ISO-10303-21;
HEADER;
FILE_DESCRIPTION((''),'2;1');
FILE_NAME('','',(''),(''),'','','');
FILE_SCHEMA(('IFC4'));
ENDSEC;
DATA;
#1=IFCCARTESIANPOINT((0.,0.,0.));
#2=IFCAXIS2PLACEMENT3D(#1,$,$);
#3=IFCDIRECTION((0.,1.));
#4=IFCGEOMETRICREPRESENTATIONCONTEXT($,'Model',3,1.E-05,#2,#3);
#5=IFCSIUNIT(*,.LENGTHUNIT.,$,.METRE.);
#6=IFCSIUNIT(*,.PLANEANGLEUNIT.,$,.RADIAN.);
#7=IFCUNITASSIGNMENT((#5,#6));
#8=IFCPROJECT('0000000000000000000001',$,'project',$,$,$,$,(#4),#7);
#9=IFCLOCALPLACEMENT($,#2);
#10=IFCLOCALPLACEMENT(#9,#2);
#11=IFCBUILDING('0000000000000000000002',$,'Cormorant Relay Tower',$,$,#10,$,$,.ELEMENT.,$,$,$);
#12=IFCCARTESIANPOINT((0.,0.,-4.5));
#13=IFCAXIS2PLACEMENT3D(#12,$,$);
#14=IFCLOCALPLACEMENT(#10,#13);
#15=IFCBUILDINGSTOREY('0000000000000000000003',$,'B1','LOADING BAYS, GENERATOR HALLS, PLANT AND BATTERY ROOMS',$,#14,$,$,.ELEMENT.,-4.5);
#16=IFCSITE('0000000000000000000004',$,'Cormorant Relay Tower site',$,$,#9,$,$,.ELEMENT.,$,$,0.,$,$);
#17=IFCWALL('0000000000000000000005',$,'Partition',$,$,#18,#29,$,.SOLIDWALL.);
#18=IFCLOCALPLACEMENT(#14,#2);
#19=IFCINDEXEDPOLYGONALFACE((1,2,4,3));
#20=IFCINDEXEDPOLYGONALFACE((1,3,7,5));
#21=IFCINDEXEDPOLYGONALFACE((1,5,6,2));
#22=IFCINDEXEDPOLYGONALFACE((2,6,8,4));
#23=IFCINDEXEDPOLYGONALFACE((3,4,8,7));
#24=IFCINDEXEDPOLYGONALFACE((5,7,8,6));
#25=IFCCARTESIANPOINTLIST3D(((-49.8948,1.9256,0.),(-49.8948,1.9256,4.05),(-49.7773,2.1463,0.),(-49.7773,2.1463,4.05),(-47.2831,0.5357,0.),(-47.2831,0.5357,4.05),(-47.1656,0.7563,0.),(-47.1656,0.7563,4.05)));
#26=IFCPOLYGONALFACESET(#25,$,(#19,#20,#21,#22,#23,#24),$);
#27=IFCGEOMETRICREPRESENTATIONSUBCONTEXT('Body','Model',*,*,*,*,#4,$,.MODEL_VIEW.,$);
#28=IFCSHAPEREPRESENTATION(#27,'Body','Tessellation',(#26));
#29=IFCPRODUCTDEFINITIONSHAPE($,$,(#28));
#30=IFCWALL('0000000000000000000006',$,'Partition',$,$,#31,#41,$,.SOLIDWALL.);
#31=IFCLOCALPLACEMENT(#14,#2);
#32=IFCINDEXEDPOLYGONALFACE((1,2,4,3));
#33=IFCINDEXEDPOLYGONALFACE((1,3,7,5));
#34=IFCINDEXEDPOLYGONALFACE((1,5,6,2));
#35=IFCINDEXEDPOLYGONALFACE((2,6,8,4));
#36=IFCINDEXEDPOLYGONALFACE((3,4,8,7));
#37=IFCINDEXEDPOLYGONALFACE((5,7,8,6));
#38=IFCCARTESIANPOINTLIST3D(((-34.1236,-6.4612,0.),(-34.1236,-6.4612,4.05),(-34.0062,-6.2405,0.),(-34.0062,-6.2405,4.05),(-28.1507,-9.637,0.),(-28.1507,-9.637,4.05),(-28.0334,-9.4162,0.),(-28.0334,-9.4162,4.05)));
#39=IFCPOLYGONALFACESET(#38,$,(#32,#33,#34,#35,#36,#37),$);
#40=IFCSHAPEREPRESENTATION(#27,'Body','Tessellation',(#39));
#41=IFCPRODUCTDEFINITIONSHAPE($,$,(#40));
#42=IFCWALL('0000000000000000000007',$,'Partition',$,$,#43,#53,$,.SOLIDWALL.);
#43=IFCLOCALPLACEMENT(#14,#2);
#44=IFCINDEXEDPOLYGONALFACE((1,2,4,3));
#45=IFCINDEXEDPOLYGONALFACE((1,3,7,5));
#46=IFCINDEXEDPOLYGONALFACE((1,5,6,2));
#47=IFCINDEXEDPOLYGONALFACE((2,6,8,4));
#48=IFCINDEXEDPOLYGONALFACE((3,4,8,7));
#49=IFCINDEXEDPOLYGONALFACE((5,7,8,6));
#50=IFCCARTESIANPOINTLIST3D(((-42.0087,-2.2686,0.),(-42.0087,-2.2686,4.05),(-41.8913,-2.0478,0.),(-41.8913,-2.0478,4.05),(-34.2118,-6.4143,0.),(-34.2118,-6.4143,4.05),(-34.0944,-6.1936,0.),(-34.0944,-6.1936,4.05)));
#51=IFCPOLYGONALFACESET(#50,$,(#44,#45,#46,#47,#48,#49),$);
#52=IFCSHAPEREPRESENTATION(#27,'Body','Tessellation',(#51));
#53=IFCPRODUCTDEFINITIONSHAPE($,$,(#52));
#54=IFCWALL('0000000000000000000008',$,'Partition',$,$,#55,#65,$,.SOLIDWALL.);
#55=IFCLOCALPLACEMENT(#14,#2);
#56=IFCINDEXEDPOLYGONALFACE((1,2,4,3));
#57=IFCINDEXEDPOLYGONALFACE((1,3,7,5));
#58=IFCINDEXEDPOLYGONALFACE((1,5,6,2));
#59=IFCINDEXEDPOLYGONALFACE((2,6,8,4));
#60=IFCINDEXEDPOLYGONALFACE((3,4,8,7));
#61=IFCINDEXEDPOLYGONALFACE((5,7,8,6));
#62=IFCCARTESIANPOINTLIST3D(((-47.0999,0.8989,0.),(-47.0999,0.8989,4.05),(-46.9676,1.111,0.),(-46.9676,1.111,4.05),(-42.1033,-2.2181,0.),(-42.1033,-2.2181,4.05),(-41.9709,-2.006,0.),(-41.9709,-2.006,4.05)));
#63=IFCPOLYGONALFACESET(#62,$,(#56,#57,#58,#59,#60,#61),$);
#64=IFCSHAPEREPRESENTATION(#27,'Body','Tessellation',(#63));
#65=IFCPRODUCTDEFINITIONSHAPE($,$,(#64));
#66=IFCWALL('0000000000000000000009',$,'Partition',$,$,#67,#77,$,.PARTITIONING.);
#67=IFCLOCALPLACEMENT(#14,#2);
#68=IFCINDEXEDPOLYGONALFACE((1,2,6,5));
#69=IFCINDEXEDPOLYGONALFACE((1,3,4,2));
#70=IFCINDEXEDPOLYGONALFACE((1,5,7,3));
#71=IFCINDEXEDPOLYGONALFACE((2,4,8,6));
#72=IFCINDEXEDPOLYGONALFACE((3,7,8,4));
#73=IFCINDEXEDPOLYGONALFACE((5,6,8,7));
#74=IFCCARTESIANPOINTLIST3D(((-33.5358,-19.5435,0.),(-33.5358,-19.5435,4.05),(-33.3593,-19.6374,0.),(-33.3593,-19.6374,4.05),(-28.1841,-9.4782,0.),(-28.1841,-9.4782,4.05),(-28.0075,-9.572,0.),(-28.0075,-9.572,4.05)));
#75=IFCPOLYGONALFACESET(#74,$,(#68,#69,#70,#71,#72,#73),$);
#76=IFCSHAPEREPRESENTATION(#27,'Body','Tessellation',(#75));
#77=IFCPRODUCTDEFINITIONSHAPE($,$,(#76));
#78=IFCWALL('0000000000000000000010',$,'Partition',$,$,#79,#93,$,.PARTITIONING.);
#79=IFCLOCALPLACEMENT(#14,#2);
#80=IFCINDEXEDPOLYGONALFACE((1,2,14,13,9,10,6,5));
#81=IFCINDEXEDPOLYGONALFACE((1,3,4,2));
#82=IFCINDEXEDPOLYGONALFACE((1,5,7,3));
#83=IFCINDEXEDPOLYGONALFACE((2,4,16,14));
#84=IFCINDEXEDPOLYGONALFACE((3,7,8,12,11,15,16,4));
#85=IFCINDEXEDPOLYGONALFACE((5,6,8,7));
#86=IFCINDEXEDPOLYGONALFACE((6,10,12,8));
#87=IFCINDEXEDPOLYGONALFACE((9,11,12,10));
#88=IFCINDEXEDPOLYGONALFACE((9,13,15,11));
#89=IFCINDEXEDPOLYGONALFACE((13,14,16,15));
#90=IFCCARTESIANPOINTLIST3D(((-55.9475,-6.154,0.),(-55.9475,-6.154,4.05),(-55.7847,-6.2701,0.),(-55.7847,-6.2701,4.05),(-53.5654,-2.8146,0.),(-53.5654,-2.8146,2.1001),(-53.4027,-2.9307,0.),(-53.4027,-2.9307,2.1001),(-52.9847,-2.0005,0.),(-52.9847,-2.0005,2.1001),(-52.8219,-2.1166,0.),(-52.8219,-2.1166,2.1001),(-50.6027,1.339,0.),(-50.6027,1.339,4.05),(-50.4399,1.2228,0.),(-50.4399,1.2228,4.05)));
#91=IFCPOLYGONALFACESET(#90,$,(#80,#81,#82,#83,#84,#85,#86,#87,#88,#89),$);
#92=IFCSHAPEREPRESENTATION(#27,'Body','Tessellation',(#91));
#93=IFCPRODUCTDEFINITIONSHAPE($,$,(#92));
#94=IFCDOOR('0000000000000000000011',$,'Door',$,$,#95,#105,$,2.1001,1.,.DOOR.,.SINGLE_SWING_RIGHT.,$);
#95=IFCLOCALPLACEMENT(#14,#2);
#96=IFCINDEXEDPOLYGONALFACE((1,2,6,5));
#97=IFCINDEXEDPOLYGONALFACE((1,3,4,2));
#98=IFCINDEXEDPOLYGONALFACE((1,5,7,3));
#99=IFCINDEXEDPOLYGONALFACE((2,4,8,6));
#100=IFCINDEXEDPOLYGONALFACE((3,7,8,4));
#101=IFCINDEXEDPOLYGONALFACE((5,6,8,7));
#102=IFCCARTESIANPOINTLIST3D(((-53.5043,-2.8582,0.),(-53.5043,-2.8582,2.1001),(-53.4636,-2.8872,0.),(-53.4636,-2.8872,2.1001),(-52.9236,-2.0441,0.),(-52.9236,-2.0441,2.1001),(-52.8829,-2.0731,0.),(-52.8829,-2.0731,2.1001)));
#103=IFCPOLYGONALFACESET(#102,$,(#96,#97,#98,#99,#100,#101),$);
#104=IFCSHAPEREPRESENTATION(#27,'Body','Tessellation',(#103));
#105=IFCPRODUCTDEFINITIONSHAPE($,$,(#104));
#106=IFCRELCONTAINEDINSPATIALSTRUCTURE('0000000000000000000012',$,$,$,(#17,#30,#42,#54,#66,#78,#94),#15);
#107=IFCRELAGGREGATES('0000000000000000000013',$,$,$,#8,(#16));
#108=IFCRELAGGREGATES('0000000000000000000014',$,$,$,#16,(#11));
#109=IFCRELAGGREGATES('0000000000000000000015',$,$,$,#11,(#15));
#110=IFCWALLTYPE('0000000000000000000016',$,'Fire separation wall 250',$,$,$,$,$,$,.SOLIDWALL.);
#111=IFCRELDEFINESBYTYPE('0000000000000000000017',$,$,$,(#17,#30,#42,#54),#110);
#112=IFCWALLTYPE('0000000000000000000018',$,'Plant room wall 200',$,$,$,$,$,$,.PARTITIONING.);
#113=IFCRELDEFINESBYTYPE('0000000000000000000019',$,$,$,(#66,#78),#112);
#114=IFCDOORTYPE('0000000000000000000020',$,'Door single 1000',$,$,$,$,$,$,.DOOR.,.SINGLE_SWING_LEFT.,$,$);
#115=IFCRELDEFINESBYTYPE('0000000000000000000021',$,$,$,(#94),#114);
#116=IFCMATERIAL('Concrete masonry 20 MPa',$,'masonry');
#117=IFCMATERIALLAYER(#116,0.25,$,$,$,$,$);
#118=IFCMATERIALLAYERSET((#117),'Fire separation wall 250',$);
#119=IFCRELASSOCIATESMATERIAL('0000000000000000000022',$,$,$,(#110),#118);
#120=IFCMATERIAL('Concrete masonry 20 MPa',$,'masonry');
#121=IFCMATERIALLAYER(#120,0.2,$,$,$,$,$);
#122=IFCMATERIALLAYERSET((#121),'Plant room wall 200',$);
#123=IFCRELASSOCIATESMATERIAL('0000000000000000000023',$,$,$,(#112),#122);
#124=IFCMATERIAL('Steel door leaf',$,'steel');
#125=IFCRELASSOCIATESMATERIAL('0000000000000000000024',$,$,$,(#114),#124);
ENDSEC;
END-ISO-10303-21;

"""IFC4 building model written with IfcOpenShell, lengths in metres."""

from ifc_helpers import new_model, si_unit, direction, frame, frame_2d, origin, place, context, subcontext, project, spatial, rectangle, extrude, material, layer, layer_set, type_object, element, fill, save


model = new_model("IFC4")

# Units and contexts
model_context = context("Model", 3, precision=1e-05, world=origin(), true_north=direction((0.0, 1.0)))
body_context = subcontext(model_context, "Body", "Model", "MODEL_VIEW")
ifc_project = project(units=[si_unit("LENGTHUNIT", "METRE"), si_unit("PLANEANGLEUNIT", "RADIAN")], contexts=[model_context])

# Site, building, storey
site_placement = place(None, origin())
site = spatial("IfcSite", under=ifc_project, at=site_placement, Name="Cormorant Relay Tower site", CompositionType="ELEMENT", RefElevation=0.0)
building_placement = place(site_placement, origin())
building = spatial("IfcBuilding", under=site, at=building_placement, Name="Cormorant Relay Tower", CompositionType="ELEMENT")
storey_placement = place(building_placement, frame((0.0, 0.0, -4.5)))
storey = spatial("IfcBuildingStorey", under=building, at=storey_placement, Name="B1", Description="LOADING BAYS, GENERATOR HALLS, PLANT AND BATTERY ROOMS", CompositionType="ELEMENT", Elevation=-4.5)

# Walls
ifc_material_1 = material(Name="Concrete masonry 20 MPa", Category="masonry")
ifc_layer_1 = layer(ifc_material_1, 0.25)
ifc_layer_set_1 = layer_set([ifc_layer_1], Name="Fire separation wall 250")
wall_type_1 = type_object("IfcWallType", Name="Fire separation wall 250", PredefinedType="SOLIDWALL", material=ifc_layer_set_1)
wall_1_placement = place(storey_placement, frame((-47.2244, 0.646, 0.0), z_axis=(0.0, 0.0, 1.0), x_axis=(-0.882766, 0.469813, 0.0)))
element("IfcWall", 1, at=wall_1_placement, inside=storey, type_object=wall_type_1, Name="Partition", PredefinedType="SOLIDWALL", context=body_context, shape_type="SweptSolid", body=[
    extrude(rectangle(XDim=2.9585, YDim=0.25, at=frame_2d((1.4792, 0.0))), origin(), (0.0, 0.0, 1.0), 4.05),
])
wall_2_placement = place(storey_placement, frame((-28.092, -9.5266, 0.0), z_axis=(0.0, 0.0, 1.0), x_axis=(-0.882952, 0.469464, 0.0)))
element("IfcWall", 2, at=wall_2_placement, inside=storey, type_object=wall_type_1, Name="Partition", PredefinedType="SOLIDWALL", context=body_context, shape_type="SweptSolid", body=[
    extrude(rectangle(XDim=6.7646, YDim=0.25, at=frame_2d((3.3823, 0.0))), origin(), (0.0, 0.0, 1.0), 4.05),
])
wall_3_placement = place(storey_placement, frame((-34.1531, -6.304, 0.0), z_axis=(0.0, 0.0, 1.0), x_axis=(-0.882944, 0.469479, 0.0)))
element("IfcWall", 3, at=wall_3_placement, inside=storey, type_object=wall_type_1, Name="Partition", PredefinedType="SOLIDWALL", context=body_context, shape_type="SweptSolid", body=[
    extrude(rectangle(XDim=8.8306, YDim=0.25, at=frame_2d((4.4153, 0.0))), origin(), (0.0, 0.0, 1.0), 4.05),
])
wall_4_placement = place(storey_placement, frame((-42.0371, -2.1121, 0.0), z_axis=(0.0, 0.0, 1.0), x_axis=(-0.84845, 0.529276, 0.0)))
element("IfcWall", 4, at=wall_4_placement, inside=storey, type_object=wall_type_1, Name="Partition", PredefinedType="SOLIDWALL", context=body_context, shape_type="SweptSolid", body=[
    extrude(rectangle(XDim=5.8892, YDim=0.25, at=frame_2d((2.9446, 0.0))), origin(), (0.0, 0.0, 1.0), 4.05),
])
ifc_material_2 = material(Name="Concrete masonry 20 MPa", Category="masonry")
ifc_layer_2 = layer(ifc_material_2, 0.2)
ifc_layer_set_2 = layer_set([ifc_layer_2], Name="Plant room wall 200")
wall_type_2 = type_object("IfcWallType", Name="Plant room wall 200", PredefinedType="PARTITIONING", material=ifc_layer_set_2)
wall_5_placement = place(storey_placement, frame((-33.4475, -19.5903, 0.0), z_axis=(0.0, 0.0, 1.0), x_axis=(0.469466, 0.88295, 0.0)))
element("IfcWall", 5, at=wall_5_placement, inside=storey, type_object=wall_type_2, Name="Partition", PredefinedType="PARTITIONING", context=body_context, shape_type="SweptSolid", body=[
    extrude(rectangle(XDim=11.3997, YDim=0.2, at=frame_2d((5.6997, 0.0))), origin(), (0.0, 0.0, 1.0), 4.05),
])

# Wall, opening, door
wall_6_placement = place(storey_placement, frame((-50.5212, 1.281, 0.0), z_axis=(0.0, 0.0, 1.0), x_axis=(-0.580709, -0.814111, 0.0)))
wall_6 = element("IfcWall", 6, at=wall_6_placement, inside=storey, type_object=wall_type_2, Name="Partition", PredefinedType="PARTITIONING", context=body_context, shape_type="SweptSolid", body=[
    extrude(rectangle(XDim=9.2039, YDim=0.2, at=frame_2d((4.6021, 0.0))), origin(), (0.0, 0.0, 1.0), 4.05),
])
opening_placement = place(wall_6_placement, frame((4.1021, 0.0, 0.0)))
opening = element("IfcOpeningElement", 7, at=opening_placement, cuts=wall_6, PredefinedType="OPENING", context=body_context, shape_type="SweptSolid", body=[
    extrude(rectangle(XDim=1.0, YDim=2.1001, at=frame_2d((0.5, 1.05))), frame((0.0, 0.1099, 0.0), z_axis=(0.0, -1.0, 0.0), x_axis=(1.0, 0.0, 0.0)), (0.0, 0.0, 1.0), 0.22),
])
ifc_material_3 = material(Name="Steel door leaf", Category="steel")
door_type = type_object("IfcDoorType", Name="Door single 1000", OperationType="SINGLE_SWING_LEFT", PredefinedType="DOOR", material=ifc_material_3)
door_placement = place(opening_placement, frame((1.0, 0.0, 0.0), z_axis=(0.0, 0.0, 1.0), x_axis=(-1.0, 0.0, 0.0)))
door = element("IfcDoor", 8, at=door_placement, inside=storey, type_object=door_type, Name="Door", OperationType="SINGLE_SWING_RIGHT", OverallHeight=2.1001, OverallWidth=1.0, PredefinedType="DOOR", context=body_context, shape_type="SweptSolid", body=[
    extrude(rectangle(XDim=1.0, YDim=2.1001, at=frame_2d((0.5, 1.05))), frame((0.0, 0.0249, 0.0), z_axis=(0.0, -1.0, 0.0), x_axis=(1.0, 0.0, 0.0)), (0.0, 0.0, 1.0), 0.05),
])
fill(opening, door)

save(model, "model.ifc")
